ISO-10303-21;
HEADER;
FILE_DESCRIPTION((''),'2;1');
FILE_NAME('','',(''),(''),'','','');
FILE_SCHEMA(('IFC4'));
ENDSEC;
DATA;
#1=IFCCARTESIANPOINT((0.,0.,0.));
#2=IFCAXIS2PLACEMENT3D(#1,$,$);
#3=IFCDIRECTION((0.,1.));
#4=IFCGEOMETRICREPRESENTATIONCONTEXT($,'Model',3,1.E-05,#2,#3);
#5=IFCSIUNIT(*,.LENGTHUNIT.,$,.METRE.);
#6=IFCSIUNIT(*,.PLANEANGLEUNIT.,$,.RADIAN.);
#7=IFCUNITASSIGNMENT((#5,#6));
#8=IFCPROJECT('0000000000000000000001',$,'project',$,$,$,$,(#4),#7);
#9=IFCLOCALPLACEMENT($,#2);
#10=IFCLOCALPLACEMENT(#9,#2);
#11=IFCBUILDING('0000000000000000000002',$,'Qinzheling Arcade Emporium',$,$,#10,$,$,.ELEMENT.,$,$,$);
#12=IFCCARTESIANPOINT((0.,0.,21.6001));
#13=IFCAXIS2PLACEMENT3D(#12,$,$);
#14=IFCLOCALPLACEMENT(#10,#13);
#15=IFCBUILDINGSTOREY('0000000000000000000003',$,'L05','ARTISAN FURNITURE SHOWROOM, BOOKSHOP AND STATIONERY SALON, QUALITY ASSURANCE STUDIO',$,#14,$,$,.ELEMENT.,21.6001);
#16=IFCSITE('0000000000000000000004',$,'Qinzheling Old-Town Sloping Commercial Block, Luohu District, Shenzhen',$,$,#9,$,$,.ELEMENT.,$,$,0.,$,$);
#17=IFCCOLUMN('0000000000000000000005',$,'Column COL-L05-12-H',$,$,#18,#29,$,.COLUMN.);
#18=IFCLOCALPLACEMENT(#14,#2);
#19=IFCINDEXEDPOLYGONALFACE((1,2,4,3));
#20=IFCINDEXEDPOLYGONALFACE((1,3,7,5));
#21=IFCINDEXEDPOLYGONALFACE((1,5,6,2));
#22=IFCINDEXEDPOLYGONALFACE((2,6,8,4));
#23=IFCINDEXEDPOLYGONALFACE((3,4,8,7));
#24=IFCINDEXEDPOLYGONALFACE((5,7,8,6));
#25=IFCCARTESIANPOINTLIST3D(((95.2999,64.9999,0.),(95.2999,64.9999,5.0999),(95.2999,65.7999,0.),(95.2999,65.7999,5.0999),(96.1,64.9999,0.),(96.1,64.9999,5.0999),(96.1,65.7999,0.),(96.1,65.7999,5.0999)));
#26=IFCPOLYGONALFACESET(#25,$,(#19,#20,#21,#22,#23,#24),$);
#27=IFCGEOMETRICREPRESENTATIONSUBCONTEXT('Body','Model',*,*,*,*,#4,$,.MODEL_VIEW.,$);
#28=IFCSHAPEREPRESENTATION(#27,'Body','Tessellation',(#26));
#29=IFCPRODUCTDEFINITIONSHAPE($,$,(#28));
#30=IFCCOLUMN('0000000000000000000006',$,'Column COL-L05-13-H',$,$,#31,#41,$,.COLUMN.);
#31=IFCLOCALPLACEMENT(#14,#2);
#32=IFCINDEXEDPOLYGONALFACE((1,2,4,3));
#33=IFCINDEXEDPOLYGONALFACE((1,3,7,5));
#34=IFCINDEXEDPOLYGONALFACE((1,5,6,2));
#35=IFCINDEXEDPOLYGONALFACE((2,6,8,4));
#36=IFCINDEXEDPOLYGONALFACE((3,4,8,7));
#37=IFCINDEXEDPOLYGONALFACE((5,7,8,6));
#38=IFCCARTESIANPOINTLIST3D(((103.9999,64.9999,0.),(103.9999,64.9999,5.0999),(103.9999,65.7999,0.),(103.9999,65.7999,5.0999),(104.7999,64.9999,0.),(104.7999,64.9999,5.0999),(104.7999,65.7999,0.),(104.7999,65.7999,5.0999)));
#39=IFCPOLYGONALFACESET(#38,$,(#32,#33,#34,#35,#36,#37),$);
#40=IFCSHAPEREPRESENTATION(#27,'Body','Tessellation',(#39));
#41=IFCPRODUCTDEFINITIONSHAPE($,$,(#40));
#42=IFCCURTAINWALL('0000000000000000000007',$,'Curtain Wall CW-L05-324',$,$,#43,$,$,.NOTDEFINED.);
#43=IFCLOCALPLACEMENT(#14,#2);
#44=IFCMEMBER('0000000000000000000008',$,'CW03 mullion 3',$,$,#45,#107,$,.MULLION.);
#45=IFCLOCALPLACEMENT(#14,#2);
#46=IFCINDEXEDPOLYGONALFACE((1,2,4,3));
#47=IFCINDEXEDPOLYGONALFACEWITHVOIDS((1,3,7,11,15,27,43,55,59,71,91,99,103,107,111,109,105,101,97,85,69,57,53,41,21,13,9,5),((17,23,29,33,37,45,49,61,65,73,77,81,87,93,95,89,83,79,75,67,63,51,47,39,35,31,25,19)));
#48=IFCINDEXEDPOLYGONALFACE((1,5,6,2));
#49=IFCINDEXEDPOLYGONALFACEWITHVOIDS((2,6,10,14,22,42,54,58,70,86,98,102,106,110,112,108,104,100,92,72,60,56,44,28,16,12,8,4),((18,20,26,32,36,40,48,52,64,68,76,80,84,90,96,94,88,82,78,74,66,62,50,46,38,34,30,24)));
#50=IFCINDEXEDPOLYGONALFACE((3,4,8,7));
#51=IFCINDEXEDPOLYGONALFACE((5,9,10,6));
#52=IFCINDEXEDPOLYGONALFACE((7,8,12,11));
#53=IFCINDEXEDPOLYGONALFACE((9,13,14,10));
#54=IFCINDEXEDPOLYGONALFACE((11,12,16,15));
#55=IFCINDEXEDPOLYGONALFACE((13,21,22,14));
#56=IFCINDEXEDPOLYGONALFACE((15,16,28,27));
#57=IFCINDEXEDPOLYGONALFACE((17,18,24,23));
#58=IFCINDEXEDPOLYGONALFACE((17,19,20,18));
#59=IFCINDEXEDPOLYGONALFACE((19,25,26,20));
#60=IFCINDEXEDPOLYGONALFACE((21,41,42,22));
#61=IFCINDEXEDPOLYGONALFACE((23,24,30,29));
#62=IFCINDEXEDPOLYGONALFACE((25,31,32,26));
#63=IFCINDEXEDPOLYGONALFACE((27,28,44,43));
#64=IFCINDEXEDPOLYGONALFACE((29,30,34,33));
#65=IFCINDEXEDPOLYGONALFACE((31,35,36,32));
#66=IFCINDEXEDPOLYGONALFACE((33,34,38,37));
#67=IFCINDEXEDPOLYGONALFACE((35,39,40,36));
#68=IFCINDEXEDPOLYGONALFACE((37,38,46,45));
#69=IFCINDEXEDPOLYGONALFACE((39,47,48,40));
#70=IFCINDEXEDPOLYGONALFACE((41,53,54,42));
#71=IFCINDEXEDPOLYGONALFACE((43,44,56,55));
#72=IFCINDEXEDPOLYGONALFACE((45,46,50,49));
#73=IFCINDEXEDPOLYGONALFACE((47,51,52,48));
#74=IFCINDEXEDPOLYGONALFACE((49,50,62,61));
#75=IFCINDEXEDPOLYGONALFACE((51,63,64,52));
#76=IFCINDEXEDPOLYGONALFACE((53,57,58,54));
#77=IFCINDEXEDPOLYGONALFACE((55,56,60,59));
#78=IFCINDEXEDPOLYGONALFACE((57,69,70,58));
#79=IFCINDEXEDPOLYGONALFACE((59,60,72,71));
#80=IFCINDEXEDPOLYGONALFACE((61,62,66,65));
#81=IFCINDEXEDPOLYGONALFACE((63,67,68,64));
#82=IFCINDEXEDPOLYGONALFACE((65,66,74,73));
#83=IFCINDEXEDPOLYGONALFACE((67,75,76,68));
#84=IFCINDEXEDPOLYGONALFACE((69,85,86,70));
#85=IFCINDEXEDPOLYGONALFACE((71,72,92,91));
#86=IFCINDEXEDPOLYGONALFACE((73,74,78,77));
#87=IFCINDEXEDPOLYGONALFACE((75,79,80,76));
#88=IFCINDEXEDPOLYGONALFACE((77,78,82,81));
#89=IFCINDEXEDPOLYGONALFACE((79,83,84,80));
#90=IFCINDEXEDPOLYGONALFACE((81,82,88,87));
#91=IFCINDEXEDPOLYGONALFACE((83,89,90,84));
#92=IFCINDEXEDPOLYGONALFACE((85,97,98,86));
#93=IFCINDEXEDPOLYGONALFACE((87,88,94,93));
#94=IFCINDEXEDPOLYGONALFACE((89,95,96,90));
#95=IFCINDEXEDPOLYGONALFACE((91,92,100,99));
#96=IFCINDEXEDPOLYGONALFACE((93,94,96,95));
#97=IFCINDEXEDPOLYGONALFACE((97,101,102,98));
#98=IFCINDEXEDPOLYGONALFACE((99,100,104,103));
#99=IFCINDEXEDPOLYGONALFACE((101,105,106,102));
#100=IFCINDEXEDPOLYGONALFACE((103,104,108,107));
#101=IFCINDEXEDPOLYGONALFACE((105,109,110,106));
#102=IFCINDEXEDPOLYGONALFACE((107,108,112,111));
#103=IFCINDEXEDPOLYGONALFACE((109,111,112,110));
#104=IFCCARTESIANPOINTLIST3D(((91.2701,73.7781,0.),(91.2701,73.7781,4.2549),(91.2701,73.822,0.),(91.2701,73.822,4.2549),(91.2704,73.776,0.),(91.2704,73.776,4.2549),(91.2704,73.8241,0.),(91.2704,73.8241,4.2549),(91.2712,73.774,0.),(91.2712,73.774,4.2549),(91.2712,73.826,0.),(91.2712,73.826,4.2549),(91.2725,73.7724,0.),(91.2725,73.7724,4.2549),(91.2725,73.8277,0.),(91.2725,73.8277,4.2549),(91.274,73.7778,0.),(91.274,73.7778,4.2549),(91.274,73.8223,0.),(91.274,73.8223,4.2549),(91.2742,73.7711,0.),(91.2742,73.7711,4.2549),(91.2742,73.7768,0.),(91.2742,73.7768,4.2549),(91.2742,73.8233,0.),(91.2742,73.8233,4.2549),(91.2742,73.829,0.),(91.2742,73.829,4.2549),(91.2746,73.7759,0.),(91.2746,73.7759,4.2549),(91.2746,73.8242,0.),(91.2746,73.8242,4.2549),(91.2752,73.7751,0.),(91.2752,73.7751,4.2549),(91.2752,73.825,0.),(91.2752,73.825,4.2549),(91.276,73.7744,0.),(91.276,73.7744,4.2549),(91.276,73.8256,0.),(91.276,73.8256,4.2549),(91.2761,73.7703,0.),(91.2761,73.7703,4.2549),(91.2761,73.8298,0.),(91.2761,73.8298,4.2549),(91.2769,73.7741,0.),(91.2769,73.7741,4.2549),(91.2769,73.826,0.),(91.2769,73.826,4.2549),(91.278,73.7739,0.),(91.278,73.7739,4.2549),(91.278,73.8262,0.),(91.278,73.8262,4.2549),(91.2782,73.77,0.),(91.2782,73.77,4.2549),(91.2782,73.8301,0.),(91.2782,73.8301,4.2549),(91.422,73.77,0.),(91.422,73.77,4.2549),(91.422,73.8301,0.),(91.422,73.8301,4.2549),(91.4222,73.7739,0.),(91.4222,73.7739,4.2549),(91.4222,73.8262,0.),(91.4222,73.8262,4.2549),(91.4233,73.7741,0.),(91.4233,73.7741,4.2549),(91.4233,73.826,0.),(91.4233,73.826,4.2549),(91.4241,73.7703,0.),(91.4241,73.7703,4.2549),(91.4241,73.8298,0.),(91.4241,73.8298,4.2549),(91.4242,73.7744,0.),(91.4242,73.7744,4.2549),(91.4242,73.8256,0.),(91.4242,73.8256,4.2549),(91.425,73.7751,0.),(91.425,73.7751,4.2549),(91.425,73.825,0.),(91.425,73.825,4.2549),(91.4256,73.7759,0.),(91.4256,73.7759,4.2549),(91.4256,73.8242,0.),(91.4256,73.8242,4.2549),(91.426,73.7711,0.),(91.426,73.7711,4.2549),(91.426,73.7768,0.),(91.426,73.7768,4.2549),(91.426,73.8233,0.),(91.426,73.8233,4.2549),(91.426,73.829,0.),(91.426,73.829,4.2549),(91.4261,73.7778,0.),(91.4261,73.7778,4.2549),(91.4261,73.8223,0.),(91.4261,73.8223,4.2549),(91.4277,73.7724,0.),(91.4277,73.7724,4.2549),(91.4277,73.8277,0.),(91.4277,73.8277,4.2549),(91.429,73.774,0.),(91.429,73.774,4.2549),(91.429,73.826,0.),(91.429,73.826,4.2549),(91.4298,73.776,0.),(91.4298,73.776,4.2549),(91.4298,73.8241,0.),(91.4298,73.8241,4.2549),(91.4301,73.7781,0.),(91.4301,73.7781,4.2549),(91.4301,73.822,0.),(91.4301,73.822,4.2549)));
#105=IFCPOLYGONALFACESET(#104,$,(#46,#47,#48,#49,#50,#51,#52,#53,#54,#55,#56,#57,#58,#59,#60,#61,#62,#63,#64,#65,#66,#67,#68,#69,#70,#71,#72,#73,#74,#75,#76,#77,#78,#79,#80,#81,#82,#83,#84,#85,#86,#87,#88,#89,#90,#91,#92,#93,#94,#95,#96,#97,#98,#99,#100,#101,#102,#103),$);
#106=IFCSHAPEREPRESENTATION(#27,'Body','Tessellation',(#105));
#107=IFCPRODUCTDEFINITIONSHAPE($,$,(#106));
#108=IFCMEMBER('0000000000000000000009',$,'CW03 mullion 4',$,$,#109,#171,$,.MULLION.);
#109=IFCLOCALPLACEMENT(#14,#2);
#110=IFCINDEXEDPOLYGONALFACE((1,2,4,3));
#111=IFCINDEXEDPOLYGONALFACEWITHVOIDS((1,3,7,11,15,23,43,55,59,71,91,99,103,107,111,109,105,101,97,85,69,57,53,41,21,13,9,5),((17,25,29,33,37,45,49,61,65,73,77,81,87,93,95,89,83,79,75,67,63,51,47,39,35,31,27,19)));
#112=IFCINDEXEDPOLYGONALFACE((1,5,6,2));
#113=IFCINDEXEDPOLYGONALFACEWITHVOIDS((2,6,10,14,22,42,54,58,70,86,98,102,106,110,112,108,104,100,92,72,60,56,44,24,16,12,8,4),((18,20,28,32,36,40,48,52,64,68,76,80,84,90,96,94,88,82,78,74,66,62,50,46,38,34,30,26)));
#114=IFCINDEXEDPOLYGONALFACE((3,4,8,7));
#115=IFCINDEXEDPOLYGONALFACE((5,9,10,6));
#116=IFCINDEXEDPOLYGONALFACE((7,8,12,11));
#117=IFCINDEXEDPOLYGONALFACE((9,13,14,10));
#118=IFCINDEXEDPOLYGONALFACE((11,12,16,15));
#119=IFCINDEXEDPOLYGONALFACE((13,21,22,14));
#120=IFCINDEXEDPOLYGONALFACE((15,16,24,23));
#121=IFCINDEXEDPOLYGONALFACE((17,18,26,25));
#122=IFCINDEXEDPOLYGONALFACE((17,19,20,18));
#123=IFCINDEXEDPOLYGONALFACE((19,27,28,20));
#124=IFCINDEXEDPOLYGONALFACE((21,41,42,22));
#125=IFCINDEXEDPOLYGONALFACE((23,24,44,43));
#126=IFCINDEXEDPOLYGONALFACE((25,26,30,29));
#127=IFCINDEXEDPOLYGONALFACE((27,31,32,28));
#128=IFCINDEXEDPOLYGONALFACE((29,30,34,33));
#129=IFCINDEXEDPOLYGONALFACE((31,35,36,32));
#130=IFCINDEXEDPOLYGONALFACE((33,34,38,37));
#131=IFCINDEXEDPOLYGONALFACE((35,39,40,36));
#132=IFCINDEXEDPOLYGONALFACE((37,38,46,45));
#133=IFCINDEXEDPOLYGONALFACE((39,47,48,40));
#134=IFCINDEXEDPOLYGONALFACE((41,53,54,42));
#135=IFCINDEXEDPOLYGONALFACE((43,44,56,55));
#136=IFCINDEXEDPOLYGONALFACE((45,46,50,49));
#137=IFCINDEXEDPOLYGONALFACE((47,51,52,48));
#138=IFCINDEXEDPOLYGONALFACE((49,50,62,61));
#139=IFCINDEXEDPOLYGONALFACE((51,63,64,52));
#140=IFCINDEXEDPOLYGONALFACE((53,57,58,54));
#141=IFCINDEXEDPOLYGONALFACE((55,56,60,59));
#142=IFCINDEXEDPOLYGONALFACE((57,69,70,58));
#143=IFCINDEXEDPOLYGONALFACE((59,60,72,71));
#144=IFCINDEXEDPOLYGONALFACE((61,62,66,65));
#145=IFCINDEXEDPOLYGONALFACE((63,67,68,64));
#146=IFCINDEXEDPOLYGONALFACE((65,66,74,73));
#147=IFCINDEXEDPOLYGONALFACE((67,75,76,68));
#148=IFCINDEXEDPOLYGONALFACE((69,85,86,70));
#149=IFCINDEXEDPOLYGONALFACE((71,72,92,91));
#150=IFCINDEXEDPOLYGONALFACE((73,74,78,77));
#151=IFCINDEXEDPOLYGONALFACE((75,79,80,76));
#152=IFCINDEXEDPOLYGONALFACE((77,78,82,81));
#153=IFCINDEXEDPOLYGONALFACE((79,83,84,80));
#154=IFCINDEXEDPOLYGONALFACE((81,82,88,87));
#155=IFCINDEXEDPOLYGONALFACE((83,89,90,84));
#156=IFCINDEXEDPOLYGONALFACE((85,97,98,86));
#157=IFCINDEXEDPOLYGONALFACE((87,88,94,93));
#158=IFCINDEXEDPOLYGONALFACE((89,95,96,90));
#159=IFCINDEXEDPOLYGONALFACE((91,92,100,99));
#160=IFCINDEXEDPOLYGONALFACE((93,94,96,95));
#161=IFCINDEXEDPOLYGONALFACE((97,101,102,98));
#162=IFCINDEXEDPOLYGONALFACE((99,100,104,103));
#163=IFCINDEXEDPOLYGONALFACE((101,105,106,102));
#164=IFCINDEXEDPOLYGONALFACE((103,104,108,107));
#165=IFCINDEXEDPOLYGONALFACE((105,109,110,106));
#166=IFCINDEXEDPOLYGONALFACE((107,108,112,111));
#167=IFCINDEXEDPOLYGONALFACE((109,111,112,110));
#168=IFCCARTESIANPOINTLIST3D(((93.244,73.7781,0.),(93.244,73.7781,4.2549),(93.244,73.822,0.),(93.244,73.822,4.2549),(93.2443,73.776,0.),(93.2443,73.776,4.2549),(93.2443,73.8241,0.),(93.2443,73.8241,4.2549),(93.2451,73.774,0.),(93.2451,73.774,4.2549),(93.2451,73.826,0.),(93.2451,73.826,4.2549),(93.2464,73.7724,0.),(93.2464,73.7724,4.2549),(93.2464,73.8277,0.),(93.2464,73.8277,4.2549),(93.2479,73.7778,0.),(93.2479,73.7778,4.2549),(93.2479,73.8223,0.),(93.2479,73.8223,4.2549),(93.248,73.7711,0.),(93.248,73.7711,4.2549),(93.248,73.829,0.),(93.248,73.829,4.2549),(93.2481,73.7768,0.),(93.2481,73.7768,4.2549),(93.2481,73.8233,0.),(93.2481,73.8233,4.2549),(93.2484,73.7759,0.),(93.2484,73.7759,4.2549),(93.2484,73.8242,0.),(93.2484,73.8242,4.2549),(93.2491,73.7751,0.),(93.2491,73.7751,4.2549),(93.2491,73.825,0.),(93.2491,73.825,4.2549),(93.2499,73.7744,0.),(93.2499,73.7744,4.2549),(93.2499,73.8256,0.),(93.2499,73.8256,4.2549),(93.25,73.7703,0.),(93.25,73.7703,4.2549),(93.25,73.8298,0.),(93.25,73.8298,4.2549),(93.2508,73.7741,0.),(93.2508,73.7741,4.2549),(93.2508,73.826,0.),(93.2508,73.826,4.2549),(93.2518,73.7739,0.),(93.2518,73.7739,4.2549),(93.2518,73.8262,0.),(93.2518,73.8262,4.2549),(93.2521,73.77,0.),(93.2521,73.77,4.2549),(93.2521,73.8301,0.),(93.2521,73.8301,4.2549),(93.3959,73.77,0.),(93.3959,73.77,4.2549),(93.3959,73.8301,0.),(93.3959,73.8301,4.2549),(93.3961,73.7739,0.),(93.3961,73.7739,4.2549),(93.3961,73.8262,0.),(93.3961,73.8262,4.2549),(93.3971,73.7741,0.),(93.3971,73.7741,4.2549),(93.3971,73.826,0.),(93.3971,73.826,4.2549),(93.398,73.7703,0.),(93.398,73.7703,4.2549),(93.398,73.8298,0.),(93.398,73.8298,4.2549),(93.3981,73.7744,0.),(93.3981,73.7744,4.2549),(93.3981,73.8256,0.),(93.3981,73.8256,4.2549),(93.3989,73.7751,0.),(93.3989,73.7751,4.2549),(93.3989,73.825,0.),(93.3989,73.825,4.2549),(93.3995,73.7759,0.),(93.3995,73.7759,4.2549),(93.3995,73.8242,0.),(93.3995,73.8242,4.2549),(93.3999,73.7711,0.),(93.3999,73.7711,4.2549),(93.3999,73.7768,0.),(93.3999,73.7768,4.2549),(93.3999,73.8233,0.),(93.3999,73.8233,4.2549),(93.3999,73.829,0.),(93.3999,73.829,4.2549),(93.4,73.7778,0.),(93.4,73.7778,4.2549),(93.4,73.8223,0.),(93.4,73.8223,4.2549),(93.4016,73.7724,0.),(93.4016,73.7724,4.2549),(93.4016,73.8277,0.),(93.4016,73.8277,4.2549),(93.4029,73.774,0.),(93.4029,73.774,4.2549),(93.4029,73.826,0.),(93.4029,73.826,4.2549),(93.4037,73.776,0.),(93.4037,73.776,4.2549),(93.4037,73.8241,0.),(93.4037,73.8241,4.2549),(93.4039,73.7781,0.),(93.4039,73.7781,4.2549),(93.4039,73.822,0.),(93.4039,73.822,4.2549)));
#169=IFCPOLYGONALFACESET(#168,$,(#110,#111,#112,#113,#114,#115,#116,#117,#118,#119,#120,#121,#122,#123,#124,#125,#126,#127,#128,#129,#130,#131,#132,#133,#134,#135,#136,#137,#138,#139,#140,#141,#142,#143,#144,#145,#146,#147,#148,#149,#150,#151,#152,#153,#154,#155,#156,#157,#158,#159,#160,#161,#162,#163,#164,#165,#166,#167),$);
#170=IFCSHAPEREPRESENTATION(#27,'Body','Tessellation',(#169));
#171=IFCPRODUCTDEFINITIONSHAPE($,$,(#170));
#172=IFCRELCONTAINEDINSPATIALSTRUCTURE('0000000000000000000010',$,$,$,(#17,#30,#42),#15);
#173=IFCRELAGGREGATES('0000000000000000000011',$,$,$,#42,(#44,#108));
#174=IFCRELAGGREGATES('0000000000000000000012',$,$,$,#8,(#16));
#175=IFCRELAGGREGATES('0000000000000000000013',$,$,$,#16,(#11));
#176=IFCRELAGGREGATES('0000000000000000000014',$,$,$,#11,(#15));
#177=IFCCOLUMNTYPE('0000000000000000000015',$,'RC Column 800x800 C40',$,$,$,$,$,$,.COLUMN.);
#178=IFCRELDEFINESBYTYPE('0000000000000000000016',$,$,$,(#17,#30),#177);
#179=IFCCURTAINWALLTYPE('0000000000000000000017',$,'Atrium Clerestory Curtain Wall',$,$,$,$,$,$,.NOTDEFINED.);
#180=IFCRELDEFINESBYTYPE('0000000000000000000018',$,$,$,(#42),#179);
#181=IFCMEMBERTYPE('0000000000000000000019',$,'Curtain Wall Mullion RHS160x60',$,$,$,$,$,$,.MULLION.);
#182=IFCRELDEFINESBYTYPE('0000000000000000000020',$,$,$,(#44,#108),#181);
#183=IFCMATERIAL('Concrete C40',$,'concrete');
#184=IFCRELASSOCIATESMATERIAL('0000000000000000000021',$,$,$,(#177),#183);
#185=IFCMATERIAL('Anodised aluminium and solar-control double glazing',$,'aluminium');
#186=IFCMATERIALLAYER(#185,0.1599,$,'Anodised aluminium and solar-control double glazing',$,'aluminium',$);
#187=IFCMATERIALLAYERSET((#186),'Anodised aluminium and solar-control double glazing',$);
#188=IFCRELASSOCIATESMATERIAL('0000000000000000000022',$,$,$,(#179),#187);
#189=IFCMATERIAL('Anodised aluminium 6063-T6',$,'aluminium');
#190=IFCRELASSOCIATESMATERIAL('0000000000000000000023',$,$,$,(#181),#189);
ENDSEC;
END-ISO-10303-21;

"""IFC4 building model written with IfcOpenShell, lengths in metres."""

from ifc_helpers import new_model, si_unit, direction, frame, origin, origin_2d, place, context, subcontext, project, spatial, rectangle, hollow_rectangle, extrude, material, layer, layer_set, material_profile, profile_set, type_object, element, aggregate, save


model = new_model("IFC4")

# Units and contexts
model_context = context("Model", 3, precision=1e-05, world=origin(), true_north=direction((0.0, 1.0)))
body_context = subcontext(model_context, "Body", "Model", "MODEL_VIEW")
ifc_project = project(units=[si_unit("LENGTHUNIT", "METRE"), si_unit("PLANEANGLEUNIT", "RADIAN")], contexts=[model_context])

# Site, building, storey
site_placement = place(None, origin())
site = spatial("IfcSite", under=ifc_project, at=site_placement, Name="Qinzheling Old-Town Sloping Commercial Block, Luohu District, Shenzhen", CompositionType="ELEMENT", RefElevation=0.0)
building_placement = place(site_placement, origin())
building = spatial("IfcBuilding", under=site, at=building_placement, Name="Qinzheling Arcade Emporium", CompositionType="ELEMENT")
storey_placement = place(building_placement, frame((0.0, 0.0, 21.6001)))
storey = spatial("IfcBuildingStorey", under=building, at=storey_placement, Name="L05", Description="ARTISAN FURNITURE SHOWROOM, BOOKSHOP AND STATIONERY SALON, QUALITY ASSURANCE STUDIO", CompositionType="ELEMENT", Elevation=21.6001)

# Columns
ifc_material_1 = material(Name="Concrete C40", Category="concrete")
ifc_material_profile_1 = material_profile(ifc_material_1, rectangle(XDim=0.8, YDim=0.8, at=origin_2d()), Name="RC 800x800", Category="concrete")
ifc_profile_set_1 = profile_set([ifc_material_profile_1], Name="Concrete C40")
column_type = type_object("IfcColumnType", Name="RC Column 800x800 C40", PredefinedType="COLUMN", material=ifc_profile_set_1)
for number, where, z_axis, x_axis, name in (
    (1, (95.7, 65.3999, 0.0), (0.0, 0.0, 1.0), (1.0, 0.0, 0.0), "Column COL-L05-12-H"),
    (2, (104.3999, 65.3999, 0.0), (0.0, 0.0, 1.0), (1.0, 0.0, 0.0), "Column COL-L05-13-H"),
):
    element("IfcColumn", number, at=place(storey_placement, frame(where, z_axis=z_axis, x_axis=x_axis)), inside=storey, type_object=column_type, Name=name, PredefinedType="COLUMN", context=body_context, shape_type="SweptSolid", body=[
        extrude(rectangle(XDim=0.8, YDim=0.8, at=origin_2d()), origin(), (0.0, 0.0, 1.0), 5.0999),
    ])

# Curtain wall, members
ifc_material_2 = material(Name="Anodised aluminium and solar-control double glazing", Category="aluminium")
ifc_layer_1 = layer(ifc_material_2, 0.1599, Name="Anodised aluminium and solar-control double glazing", Category="aluminium")
ifc_layer_set_1 = layer_set([ifc_layer_1], Name="Anodised aluminium and solar-control double glazing")
curtain_wall_type = type_object("IfcCurtainWallType", Name="Atrium Clerestory Curtain Wall", PredefinedType="NOTDEFINED", material=ifc_layer_set_1)
curtain_wall_1_placement = place(storey_placement, origin())
curtain_wall_1 = element("IfcCurtainWall", 3, at=curtain_wall_1_placement, inside=storey, type_object=curtain_wall_type, Name="Curtain Wall CW-L05-324", PredefinedType="NOTDEFINED")
ifc_material_3 = material(Name="Anodised aluminium 6063-T6", Category="aluminium")
ifc_material_profile_2 = material_profile(ifc_material_3, hollow_rectangle(XDim=0.0601, YDim=0.1599, WallThickness=0.0039, InnerFilletRadius=0.0039, OuterFilletRadius=0.0081, at=origin_2d()), Name="RHS 160x60x4", Category="aluminium")
ifc_profile_set_2 = profile_set([ifc_material_profile_2], Name="Anodised aluminium 6063-T6")
member_type_1 = type_object("IfcMemberType", Name="Curtain Wall Mullion RHS160x60", PredefinedType="MULLION", material=ifc_profile_set_2)
member_1_placement = place(storey_placement, frame((91.3501, 73.8, 0.0), z_axis=(0.0, 0.0, 1.0), x_axis=(0.0, 1.0, 0.0)))
member_1 = element("IfcMember", 4, at=member_1_placement, type_object=member_type_1, Name="CW03 mullion 3", PredefinedType="MULLION", context=body_context, shape_type="SweptSolid", body=[
    extrude(hollow_rectangle(XDim=0.0601, YDim=0.1599, WallThickness=0.0039, InnerFilletRadius=0.0039, OuterFilletRadius=0.0081, at=origin_2d()), origin(), (0.0, 0.0, 1.0), 4.2549),
])
member_2_placement = place(storey_placement, frame((93.324, 73.8, 0.0), z_axis=(0.0, 0.0, 1.0), x_axis=(0.0, 1.0, 0.0)))
member_2 = element("IfcMember", 5, at=member_2_placement, type_object=member_type_1, Name="CW03 mullion 4", PredefinedType="MULLION", context=body_context, shape_type="SweptSolid", body=[
    extrude(hollow_rectangle(XDim=0.0601, YDim=0.1599, WallThickness=0.0039, InnerFilletRadius=0.0039, OuterFilletRadius=0.0081, at=origin_2d()), origin(), (0.0, 0.0, 1.0), 4.2549),
])

aggregate(curtain_wall_1, [member_1, member_2])

save(model, "model.ifc")
